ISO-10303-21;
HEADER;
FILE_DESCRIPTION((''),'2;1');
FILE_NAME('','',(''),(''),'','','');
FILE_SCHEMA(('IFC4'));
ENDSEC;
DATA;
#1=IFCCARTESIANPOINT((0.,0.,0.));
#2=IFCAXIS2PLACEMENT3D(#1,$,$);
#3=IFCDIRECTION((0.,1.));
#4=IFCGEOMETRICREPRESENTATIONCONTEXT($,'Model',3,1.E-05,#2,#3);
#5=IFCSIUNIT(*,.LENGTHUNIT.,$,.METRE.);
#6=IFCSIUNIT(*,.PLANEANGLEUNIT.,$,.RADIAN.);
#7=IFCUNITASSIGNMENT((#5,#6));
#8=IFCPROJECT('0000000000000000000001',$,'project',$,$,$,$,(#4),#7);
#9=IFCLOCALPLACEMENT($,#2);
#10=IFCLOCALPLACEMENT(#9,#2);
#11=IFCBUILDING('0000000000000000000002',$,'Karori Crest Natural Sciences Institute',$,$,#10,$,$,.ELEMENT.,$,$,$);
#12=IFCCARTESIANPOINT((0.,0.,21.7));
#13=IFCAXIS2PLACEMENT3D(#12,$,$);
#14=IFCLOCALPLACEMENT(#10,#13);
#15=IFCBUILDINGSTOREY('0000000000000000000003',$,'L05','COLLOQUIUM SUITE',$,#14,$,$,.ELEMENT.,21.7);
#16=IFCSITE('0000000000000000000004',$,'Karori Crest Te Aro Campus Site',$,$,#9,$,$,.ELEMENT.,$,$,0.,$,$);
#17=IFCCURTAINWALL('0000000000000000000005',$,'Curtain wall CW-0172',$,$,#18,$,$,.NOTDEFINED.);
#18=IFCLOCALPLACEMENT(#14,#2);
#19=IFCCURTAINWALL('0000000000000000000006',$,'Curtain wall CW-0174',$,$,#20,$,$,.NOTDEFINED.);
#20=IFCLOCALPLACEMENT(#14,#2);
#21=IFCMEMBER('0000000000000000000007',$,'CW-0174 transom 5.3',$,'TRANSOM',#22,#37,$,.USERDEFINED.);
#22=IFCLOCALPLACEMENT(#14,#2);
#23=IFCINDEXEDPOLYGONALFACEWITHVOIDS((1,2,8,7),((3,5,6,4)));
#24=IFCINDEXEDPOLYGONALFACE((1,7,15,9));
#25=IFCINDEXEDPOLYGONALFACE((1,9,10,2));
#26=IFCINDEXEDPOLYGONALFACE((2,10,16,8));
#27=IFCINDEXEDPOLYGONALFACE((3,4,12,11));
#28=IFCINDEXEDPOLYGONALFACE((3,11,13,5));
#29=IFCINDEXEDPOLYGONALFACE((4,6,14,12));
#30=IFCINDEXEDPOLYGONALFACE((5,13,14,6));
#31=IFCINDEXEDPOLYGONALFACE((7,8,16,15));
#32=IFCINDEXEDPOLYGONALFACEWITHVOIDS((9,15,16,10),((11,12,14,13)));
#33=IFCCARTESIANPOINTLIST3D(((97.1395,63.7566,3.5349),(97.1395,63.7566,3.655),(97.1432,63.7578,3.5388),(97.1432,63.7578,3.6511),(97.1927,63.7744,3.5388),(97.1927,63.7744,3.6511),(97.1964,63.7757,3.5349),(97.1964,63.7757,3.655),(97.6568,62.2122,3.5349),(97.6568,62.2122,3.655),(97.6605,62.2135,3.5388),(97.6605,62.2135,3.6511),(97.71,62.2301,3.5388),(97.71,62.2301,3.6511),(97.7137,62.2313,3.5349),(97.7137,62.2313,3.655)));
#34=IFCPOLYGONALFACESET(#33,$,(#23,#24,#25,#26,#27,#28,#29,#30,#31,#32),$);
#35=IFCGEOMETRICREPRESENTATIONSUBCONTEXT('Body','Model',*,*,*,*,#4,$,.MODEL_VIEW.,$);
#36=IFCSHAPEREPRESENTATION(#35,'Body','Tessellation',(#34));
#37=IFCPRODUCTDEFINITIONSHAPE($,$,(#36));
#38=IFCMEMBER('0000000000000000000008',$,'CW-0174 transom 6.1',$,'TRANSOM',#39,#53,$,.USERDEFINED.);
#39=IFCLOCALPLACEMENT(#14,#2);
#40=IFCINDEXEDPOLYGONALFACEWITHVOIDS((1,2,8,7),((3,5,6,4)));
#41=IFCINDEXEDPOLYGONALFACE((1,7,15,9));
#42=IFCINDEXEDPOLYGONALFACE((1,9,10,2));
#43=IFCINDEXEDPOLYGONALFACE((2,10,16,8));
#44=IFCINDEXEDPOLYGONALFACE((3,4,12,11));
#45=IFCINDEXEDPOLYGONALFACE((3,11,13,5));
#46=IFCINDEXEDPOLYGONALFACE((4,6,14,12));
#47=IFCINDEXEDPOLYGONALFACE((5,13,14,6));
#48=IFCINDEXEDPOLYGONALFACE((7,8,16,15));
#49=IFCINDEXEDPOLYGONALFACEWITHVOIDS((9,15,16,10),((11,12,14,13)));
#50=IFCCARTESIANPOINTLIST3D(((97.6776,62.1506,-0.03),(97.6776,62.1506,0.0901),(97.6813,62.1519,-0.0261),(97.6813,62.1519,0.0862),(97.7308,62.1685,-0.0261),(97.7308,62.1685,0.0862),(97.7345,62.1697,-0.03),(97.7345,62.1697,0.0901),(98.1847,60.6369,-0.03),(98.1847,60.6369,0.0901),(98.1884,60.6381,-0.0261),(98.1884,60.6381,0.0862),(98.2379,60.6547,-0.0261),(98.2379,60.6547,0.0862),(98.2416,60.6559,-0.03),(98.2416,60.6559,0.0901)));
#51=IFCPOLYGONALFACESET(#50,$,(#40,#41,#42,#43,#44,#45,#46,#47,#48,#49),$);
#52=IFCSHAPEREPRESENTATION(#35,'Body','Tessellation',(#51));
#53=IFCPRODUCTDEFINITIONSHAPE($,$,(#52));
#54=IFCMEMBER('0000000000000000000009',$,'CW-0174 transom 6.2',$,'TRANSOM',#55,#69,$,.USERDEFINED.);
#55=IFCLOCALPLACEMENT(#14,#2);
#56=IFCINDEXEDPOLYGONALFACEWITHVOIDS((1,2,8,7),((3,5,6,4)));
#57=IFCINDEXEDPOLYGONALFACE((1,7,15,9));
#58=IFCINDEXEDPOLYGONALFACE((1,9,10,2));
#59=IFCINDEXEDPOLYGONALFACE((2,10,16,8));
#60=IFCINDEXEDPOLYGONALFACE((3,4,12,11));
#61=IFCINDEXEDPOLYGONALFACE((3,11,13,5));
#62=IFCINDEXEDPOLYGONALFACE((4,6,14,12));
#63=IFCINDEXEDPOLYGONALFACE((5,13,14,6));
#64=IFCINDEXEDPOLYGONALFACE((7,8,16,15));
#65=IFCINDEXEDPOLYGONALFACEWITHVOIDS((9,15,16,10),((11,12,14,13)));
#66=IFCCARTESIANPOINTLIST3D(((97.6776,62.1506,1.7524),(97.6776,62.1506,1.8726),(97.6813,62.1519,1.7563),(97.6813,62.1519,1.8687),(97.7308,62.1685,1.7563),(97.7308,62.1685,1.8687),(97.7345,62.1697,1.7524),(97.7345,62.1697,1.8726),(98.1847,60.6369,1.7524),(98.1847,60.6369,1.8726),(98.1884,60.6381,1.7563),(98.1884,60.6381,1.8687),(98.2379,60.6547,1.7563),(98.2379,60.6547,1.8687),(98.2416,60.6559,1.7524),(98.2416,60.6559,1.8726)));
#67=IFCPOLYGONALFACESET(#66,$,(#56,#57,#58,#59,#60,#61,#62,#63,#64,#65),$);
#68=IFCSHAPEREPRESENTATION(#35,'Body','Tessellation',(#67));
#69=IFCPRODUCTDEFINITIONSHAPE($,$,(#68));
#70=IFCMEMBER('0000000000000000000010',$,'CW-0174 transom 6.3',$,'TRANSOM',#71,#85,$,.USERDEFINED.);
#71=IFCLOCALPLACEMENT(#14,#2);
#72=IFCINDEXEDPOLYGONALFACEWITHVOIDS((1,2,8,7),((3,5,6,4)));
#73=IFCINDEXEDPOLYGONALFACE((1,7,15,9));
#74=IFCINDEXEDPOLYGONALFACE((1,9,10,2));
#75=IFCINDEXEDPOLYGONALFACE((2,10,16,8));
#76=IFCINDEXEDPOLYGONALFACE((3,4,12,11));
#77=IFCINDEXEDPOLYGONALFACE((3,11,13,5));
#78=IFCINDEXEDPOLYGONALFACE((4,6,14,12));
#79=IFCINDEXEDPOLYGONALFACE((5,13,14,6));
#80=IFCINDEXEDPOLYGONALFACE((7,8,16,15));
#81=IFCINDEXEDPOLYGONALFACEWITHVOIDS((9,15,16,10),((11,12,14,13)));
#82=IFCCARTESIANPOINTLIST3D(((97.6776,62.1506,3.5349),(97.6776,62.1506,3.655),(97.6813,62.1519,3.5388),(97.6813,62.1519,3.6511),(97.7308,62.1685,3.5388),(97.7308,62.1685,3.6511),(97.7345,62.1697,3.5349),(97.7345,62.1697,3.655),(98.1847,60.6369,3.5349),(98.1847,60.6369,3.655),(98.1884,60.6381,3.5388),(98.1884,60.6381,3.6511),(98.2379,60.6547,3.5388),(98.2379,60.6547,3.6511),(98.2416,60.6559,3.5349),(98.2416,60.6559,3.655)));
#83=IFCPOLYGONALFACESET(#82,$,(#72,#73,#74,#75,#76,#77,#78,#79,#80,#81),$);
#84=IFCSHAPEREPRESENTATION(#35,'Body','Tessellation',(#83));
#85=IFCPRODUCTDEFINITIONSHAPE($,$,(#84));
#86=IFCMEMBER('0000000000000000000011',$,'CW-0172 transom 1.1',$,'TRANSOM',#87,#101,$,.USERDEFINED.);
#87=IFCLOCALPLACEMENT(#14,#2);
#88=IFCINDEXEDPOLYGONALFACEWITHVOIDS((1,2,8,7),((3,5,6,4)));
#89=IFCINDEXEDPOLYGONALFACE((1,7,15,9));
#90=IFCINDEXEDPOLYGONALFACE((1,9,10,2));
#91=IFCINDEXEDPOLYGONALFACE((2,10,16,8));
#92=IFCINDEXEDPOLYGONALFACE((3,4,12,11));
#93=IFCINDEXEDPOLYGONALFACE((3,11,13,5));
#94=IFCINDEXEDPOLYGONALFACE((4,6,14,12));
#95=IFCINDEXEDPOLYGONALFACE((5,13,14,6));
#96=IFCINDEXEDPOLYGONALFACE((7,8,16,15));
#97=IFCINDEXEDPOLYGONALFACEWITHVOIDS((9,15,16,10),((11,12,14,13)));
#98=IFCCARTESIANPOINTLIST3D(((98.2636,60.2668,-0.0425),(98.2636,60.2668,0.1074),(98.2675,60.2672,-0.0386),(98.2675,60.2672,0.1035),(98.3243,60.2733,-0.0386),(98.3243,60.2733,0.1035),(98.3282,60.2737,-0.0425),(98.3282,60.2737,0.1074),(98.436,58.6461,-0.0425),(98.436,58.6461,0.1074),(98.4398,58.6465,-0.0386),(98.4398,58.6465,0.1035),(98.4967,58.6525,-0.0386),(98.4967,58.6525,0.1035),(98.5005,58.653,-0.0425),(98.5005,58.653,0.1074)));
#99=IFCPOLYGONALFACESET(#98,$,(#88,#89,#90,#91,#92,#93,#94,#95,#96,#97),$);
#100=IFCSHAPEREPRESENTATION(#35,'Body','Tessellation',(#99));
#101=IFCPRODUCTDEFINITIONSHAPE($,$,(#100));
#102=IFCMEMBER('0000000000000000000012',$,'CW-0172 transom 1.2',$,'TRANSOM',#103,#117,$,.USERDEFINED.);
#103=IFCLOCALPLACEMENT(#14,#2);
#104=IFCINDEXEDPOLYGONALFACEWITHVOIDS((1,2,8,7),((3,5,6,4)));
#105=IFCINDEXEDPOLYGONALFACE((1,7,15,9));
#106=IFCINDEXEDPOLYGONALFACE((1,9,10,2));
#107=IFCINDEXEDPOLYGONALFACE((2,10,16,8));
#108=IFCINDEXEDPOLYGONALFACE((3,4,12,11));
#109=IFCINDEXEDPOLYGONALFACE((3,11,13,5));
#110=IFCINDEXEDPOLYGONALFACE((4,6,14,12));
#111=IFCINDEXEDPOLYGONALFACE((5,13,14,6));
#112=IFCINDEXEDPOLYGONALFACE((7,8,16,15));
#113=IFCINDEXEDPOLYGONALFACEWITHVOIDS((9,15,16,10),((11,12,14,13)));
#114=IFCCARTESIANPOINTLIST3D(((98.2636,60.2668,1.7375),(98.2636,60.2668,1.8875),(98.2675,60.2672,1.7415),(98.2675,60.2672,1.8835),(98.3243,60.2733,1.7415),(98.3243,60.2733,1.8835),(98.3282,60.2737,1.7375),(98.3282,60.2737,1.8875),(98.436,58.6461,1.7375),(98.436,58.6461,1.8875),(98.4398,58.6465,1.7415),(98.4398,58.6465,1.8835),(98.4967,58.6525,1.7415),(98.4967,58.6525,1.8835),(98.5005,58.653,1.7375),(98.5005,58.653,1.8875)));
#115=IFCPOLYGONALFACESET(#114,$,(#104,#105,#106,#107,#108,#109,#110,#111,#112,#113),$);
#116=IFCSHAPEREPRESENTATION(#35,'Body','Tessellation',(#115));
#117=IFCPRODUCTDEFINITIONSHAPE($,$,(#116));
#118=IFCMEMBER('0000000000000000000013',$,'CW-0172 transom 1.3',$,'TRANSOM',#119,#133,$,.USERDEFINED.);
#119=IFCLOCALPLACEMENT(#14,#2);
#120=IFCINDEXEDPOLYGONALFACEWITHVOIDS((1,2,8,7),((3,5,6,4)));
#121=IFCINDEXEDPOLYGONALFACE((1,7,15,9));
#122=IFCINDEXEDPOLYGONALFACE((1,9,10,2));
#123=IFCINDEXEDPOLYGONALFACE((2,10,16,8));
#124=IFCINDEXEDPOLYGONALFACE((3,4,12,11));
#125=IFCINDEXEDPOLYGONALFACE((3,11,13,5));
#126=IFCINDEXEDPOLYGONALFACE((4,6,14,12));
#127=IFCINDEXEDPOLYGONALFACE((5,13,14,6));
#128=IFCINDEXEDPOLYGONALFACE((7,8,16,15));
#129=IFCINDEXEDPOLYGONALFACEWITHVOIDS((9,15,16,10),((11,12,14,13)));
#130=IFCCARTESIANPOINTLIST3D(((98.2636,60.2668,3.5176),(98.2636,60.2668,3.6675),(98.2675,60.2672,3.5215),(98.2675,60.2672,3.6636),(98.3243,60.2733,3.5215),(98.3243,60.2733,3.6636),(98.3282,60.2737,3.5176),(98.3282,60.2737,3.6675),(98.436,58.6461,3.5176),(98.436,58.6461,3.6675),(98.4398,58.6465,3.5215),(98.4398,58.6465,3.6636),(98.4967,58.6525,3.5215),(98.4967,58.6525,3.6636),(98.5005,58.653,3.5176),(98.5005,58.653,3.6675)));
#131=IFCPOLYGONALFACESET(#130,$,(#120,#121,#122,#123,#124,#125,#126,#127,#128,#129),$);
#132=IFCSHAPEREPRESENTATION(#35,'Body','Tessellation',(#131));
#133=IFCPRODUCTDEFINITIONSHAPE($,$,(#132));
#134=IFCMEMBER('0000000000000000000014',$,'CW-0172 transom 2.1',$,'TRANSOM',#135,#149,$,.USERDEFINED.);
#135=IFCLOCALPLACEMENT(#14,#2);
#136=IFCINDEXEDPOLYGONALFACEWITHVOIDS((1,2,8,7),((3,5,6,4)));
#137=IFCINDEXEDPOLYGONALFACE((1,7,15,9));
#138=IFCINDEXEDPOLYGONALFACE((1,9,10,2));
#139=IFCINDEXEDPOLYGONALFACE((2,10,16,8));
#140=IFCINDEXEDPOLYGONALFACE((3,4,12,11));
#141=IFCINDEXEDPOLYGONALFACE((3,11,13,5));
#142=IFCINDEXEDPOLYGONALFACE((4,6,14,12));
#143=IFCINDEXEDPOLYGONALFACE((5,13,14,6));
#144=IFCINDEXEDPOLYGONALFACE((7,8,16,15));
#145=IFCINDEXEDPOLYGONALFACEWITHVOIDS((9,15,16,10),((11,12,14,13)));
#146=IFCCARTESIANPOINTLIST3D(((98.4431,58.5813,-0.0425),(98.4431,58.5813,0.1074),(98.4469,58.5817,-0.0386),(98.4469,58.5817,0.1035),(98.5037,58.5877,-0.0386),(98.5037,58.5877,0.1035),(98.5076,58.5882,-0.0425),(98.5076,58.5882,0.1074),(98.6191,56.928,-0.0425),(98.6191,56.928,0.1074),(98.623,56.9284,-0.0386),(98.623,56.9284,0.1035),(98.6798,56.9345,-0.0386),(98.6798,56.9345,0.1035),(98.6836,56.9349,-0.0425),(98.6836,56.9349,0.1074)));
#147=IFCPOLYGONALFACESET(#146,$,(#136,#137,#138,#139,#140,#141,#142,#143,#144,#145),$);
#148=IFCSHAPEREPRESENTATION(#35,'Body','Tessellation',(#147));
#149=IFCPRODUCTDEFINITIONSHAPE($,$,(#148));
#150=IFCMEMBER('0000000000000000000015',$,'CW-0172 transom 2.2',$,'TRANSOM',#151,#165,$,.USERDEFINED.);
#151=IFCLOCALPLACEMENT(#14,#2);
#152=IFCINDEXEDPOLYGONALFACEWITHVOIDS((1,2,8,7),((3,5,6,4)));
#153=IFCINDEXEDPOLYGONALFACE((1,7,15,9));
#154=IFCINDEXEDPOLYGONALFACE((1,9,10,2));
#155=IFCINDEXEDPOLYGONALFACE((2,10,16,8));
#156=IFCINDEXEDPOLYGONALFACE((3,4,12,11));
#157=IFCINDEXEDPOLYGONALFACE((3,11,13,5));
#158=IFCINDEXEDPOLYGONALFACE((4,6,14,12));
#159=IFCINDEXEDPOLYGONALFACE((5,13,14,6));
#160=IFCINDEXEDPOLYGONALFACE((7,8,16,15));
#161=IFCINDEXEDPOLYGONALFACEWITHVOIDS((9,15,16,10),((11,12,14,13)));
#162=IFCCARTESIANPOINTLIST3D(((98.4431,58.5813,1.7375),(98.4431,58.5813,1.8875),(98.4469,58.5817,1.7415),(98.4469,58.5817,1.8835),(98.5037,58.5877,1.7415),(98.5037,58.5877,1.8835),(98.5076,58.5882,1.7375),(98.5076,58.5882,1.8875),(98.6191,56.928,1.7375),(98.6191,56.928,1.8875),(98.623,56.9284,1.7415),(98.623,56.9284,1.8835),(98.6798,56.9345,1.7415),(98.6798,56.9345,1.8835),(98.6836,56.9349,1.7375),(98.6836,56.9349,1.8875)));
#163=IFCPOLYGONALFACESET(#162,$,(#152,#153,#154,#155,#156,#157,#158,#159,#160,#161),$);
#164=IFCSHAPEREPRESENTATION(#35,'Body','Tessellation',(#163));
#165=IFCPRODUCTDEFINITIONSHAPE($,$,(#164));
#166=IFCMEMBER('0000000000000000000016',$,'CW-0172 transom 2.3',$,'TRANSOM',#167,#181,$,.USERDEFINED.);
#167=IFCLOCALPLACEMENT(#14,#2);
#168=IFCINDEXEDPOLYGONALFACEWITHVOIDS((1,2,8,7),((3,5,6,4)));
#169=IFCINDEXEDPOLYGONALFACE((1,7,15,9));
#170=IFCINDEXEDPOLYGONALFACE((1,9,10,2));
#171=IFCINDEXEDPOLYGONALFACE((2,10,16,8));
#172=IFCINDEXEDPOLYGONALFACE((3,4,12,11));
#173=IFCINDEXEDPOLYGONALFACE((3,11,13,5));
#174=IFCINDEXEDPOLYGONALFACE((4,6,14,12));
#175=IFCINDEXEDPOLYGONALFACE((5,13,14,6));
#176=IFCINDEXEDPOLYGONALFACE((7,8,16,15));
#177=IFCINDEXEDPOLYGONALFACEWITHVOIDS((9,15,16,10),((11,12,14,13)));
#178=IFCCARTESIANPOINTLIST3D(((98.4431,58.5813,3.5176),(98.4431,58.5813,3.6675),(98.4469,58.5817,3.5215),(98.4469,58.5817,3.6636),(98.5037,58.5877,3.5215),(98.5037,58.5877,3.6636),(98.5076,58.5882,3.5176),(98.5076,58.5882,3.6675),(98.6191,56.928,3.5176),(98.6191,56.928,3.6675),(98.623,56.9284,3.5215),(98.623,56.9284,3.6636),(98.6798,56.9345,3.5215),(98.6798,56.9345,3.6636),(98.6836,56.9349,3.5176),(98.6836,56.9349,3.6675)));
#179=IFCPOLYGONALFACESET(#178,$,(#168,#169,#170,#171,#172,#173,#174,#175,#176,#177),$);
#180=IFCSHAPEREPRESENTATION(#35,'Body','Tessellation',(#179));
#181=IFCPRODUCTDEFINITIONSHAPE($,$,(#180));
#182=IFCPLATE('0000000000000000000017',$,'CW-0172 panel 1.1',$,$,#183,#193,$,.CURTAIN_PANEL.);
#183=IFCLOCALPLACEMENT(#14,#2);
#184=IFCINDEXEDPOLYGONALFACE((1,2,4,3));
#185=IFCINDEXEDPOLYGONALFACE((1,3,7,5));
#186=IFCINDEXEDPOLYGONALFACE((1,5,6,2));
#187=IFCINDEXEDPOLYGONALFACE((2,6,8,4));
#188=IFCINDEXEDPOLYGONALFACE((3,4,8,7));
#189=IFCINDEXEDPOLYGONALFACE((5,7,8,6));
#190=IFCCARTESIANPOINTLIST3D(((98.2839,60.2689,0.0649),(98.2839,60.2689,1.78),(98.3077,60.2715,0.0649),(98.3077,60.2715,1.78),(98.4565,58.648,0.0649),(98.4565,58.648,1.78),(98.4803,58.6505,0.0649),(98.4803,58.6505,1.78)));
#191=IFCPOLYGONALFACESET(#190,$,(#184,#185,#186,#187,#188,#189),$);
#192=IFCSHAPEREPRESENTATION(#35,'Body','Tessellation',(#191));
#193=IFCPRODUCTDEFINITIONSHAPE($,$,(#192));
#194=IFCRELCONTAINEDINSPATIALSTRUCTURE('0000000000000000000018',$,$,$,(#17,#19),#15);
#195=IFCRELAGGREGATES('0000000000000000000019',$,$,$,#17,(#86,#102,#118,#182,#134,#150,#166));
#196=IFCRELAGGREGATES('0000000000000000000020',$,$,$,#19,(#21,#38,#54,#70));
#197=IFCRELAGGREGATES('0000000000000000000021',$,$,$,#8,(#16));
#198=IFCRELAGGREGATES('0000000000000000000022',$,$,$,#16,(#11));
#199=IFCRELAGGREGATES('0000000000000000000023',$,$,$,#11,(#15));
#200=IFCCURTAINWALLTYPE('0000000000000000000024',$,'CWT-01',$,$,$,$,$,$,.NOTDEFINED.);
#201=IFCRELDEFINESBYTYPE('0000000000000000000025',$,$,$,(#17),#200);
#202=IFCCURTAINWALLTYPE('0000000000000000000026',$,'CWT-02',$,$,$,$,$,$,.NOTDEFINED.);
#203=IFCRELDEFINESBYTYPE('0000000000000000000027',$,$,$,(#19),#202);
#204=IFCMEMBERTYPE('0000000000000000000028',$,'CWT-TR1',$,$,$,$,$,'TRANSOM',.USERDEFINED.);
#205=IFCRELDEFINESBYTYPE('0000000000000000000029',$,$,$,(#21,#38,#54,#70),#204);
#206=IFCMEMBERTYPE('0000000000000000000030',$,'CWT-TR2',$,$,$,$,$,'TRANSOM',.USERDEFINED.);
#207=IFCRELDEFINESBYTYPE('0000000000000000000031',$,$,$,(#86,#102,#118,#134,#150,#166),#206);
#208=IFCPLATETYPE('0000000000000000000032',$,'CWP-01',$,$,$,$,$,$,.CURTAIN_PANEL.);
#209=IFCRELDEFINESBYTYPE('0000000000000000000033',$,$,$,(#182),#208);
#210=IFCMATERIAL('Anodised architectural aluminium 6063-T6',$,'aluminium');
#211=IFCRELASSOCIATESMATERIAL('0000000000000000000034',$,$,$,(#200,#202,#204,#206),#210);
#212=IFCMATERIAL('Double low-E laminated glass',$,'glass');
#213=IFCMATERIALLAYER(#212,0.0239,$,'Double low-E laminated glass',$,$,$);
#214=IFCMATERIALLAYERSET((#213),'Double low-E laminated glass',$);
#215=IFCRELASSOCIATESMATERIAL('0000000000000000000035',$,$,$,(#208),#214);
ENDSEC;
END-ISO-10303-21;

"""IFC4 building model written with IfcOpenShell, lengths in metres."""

from ifc_helpers import new_model, si_unit, direction, frame, origin, origin_2d, place, context, subcontext, project, spatial, rectangle, hollow_rectangle, extrude, material, layer, layer_set, material_profile, profile_set, type_object, element, aggregate, save


model = new_model("IFC4")

# Units and contexts
model_context = context("Model", 3, precision=1e-05, world=origin(), true_north=direction((0.0, 1.0)))
body_context = subcontext(model_context, "Body", "Model", "MODEL_VIEW")
ifc_project = project(units=[si_unit("LENGTHUNIT", "METRE"), si_unit("PLANEANGLEUNIT", "RADIAN")], contexts=[model_context])

# Site, building, storey
site_placement = place(None, origin())
site = spatial("IfcSite", under=ifc_project, at=site_placement, Name="Karori Crest Te Aro Campus Site", CompositionType="ELEMENT", RefElevation=0.0)
building_placement = place(site_placement, origin())
building = spatial("IfcBuilding", under=site, at=building_placement, Name="Karori Crest Natural Sciences Institute", CompositionType="ELEMENT")
storey_placement = place(building_placement, frame((0.0, 0.0, 21.7)))
storey = spatial("IfcBuildingStorey", under=building, at=storey_placement, Name="L05", Description="COLLOQUIUM SUITE", CompositionType="ELEMENT", Elevation=21.7)

# Curtain walls, members
ifc_material_1 = material(Name="Anodised architectural aluminium 6063-T6", Category="aluminium")
curtain_wall_type_1 = type_object("IfcCurtainWallType", Name="CWT-01", PredefinedType="NOTDEFINED", material=ifc_material_1)
curtain_wall_1_placement = place(storey_placement, origin())
curtain_wall_1 = element("IfcCurtainWall", 1, at=curtain_wall_1_placement, inside=storey, type_object=curtain_wall_type_1, Name="Curtain wall CW-0172", PredefinedType="NOTDEFINED")
curtain_wall_type_2 = type_object("IfcCurtainWallType", Name="CWT-02", PredefinedType="NOTDEFINED", material=ifc_material_1)
curtain_wall_2_placement = place(storey_placement, origin())
curtain_wall_2 = element("IfcCurtainWall", 2, at=curtain_wall_2_placement, inside=storey, type_object=curtain_wall_type_2, Name="Curtain wall CW-0174", PredefinedType="NOTDEFINED")
ifc_material_profile_1 = material_profile(ifc_material_1, hollow_rectangle(XDim=0.0601, YDim=0.1201, WallThickness=0.0039, at=origin_2d()), Name="CWT120x60x4")
ifc_profile_set_1 = profile_set([ifc_material_profile_1], Name="Anodised architectural aluminium 6063-T6")
member_type_1 = type_object("IfcMemberType", Name="CWT-TR1", ElementType="TRANSOM", PredefinedType="USERDEFINED", material=ifc_profile_set_1)
member_1_placement = place(storey_placement, frame((97.168, 63.7661, 3.595), z_axis=(0.317621, -0.948218, 0.0), x_axis=(0.948218, 0.317621, 0.0)))
member_1 = element("IfcMember", 3, at=member_1_placement, type_object=member_type_1, Name="CW-0174 transom 5.3", ObjectType="TRANSOM", PredefinedType="USERDEFINED", context=body_context, shape_type="SweptSolid", body=[
    extrude(hollow_rectangle(XDim=0.0601, YDim=0.1201, WallThickness=0.0039, at=origin_2d()), origin(), (0.0, 0.0, 1.0), 1.6287),
])
member_2_placement = place(storey_placement, frame((97.7061, 62.1602, 0.03), z_axis=(0.31765, -0.948208, 0.0), x_axis=(0.948208, 0.31765, 0.0)))
member_2 = element("IfcMember", 4, at=member_2_placement, type_object=member_type_1, Name="CW-0174 transom 6.1", ObjectType="TRANSOM", PredefinedType="USERDEFINED", context=body_context, shape_type="SweptSolid", body=[
    extrude(hollow_rectangle(XDim=0.0601, YDim=0.1201, WallThickness=0.0039, at=origin_2d()), origin(), (0.0, 0.0, 1.0), 1.5964),
])
member_3_placement = place(storey_placement, frame((97.7061, 62.1602, 1.8125), z_axis=(0.31765, -0.948208, 0.0), x_axis=(0.948208, 0.31765, 0.0)))
member_3 = element("IfcMember", 5, at=member_3_placement, type_object=member_type_1, Name="CW-0174 transom 6.2", ObjectType="TRANSOM", PredefinedType="USERDEFINED", context=body_context, shape_type="SweptSolid", body=[
    extrude(hollow_rectangle(XDim=0.0601, YDim=0.1201, WallThickness=0.0039, at=origin_2d()), origin(), (0.0, 0.0, 1.0), 1.5964),
])
member_4_placement = place(storey_placement, frame((97.7061, 62.1602, 3.595), z_axis=(0.31765, -0.948208, 0.0), x_axis=(0.948208, 0.31765, 0.0)))
member_4 = element("IfcMember", 6, at=member_4_placement, type_object=member_type_1, Name="CW-0174 transom 6.3", ObjectType="TRANSOM", PredefinedType="USERDEFINED", context=body_context, shape_type="SweptSolid", body=[
    extrude(hollow_rectangle(XDim=0.0601, YDim=0.1201, WallThickness=0.0039, at=origin_2d()), origin(), (0.0, 0.0, 1.0), 1.5964),
])

# Members
ifc_material_profile_2 = material_profile(ifc_material_1, hollow_rectangle(XDim=0.0649, YDim=0.1499, WallThickness=0.0039, at=origin_2d()), Name="CWT150x65x4")
ifc_profile_set_2 = profile_set([ifc_material_profile_2], Name="Anodised architectural aluminium 6063-T6")
member_type_2 = type_object("IfcMemberType", Name="CWT-TR2", ElementType="TRANSOM", PredefinedType="USERDEFINED", material=ifc_profile_set_2)
member_5_placement = place(storey_placement, frame((98.2959, 60.2703, 0.0325), z_axis=(0.105745, -0.994393, 0.0), x_axis=(0.994393, 0.105745, 0.0)))
member_5 = element("IfcMember", 7, at=member_5_placement, type_object=member_type_2, Name="CW-0172 transom 1.1", ObjectType="TRANSOM", PredefinedType="USERDEFINED", context=body_context, shape_type="SweptSolid", body=[
    extrude(hollow_rectangle(XDim=0.0649, YDim=0.1499, WallThickness=0.0039, at=origin_2d()), origin(), (0.0, 0.0, 1.0), 1.6299),
])
member_6_placement = place(storey_placement, frame((98.2959, 60.2703, 1.8125), z_axis=(0.105745, -0.994393, 0.0), x_axis=(0.994393, 0.105745, 0.0)))
member_6 = element("IfcMember", 8, at=member_6_placement, type_object=member_type_2, Name="CW-0172 transom 1.2", ObjectType="TRANSOM", PredefinedType="USERDEFINED", context=body_context, shape_type="SweptSolid", body=[
    extrude(hollow_rectangle(XDim=0.0649, YDim=0.1499, WallThickness=0.0039, at=origin_2d()), origin(), (0.0, 0.0, 1.0), 1.6299),
])
member_7_placement = place(storey_placement, frame((98.2959, 60.2703, 3.5925), z_axis=(0.105745, -0.994393, 0.0), x_axis=(0.994393, 0.105745, 0.0)))
member_7 = element("IfcMember", 9, at=member_7_placement, type_object=member_type_2, Name="CW-0172 transom 1.3", ObjectType="TRANSOM", PredefinedType="USERDEFINED", context=body_context, shape_type="SweptSolid", body=[
    extrude(hollow_rectangle(XDim=0.0649, YDim=0.1499, WallThickness=0.0039, at=origin_2d()), origin(), (0.0, 0.0, 1.0), 1.6299),
])
member_8_placement = place(storey_placement, frame((98.4753, 58.5847, 0.0325), z_axis=(0.105869, -0.99438, 0.0), x_axis=(0.99438, 0.105869, 0.0)))
member_8 = element("IfcMember", 10, at=member_8_placement, type_object=member_type_2, Name="CW-0172 transom 2.1", ObjectType="TRANSOM", PredefinedType="USERDEFINED", context=body_context, shape_type="SweptSolid", body=[
    extrude(hollow_rectangle(XDim=0.0649, YDim=0.1499, WallThickness=0.0039, at=origin_2d()), origin(), (0.0, 0.0, 1.0), 1.6626),
])
member_9_placement = place(storey_placement, frame((98.4753, 58.5847, 1.8125), z_axis=(0.105869, -0.99438, 0.0), x_axis=(0.99438, 0.105869, 0.0)))
member_9 = element("IfcMember", 11, at=member_9_placement, type_object=member_type_2, Name="CW-0172 transom 2.2", ObjectType="TRANSOM", PredefinedType="USERDEFINED", context=body_context, shape_type="SweptSolid", body=[
    extrude(hollow_rectangle(XDim=0.0649, YDim=0.1499, WallThickness=0.0039, at=origin_2d()), origin(), (0.0, 0.0, 1.0), 1.6626),
])
member_10_placement = place(storey_placement, frame((98.4753, 58.5847, 3.5925), z_axis=(0.105869, -0.99438, 0.0), x_axis=(0.99438, 0.105869, 0.0)))
member_10 = element("IfcMember", 12, at=member_10_placement, type_object=member_type_2, Name="CW-0172 transom 2.3", ObjectType="TRANSOM", PredefinedType="USERDEFINED", context=body_context, shape_type="SweptSolid", body=[
    extrude(hollow_rectangle(XDim=0.0649, YDim=0.1499, WallThickness=0.0039, at=origin_2d()), origin(), (0.0, 0.0, 1.0), 1.6626),
])

# Plate
ifc_material_2 = material(Name="Double low-E laminated glass", Category="glass")
ifc_layer_1 = layer(ifc_material_2, 0.0239, Name="Double low-E laminated glass")
ifc_layer_set_1 = layer_set([ifc_layer_1], Name="Double low-E laminated glass")
plate_type_1 = type_object("IfcPlateType", Name="CWP-01", PredefinedType="CURTAIN_PANEL", material=ifc_layer_set_1)
plate_1_placement = place(storey_placement, frame((98.3821, 59.4597, 0.0649), z_axis=(0.0, 0.0, 1.0), x_axis=(0.105884, -0.994378, 0.0)))
plate_1 = element("IfcPlate", 13, at=plate_1_placement, type_object=plate_type_1, Name="CW-0172 panel 1.1", PredefinedType="CURTAIN_PANEL", context=body_context, shape_type="SweptSolid", body=[
    extrude(rectangle(XDim=1.6301, YDim=0.0239, at=origin_2d()), origin(), (0.0, 0.0, 1.0), 1.7151),
])
aggregate(curtain_wall_1, [member_5, member_6, member_7, plate_1, member_8, member_9, member_10])
aggregate(curtain_wall_2, [member_1, member_2, member_3, member_4])

save(model, "model.ifc")
